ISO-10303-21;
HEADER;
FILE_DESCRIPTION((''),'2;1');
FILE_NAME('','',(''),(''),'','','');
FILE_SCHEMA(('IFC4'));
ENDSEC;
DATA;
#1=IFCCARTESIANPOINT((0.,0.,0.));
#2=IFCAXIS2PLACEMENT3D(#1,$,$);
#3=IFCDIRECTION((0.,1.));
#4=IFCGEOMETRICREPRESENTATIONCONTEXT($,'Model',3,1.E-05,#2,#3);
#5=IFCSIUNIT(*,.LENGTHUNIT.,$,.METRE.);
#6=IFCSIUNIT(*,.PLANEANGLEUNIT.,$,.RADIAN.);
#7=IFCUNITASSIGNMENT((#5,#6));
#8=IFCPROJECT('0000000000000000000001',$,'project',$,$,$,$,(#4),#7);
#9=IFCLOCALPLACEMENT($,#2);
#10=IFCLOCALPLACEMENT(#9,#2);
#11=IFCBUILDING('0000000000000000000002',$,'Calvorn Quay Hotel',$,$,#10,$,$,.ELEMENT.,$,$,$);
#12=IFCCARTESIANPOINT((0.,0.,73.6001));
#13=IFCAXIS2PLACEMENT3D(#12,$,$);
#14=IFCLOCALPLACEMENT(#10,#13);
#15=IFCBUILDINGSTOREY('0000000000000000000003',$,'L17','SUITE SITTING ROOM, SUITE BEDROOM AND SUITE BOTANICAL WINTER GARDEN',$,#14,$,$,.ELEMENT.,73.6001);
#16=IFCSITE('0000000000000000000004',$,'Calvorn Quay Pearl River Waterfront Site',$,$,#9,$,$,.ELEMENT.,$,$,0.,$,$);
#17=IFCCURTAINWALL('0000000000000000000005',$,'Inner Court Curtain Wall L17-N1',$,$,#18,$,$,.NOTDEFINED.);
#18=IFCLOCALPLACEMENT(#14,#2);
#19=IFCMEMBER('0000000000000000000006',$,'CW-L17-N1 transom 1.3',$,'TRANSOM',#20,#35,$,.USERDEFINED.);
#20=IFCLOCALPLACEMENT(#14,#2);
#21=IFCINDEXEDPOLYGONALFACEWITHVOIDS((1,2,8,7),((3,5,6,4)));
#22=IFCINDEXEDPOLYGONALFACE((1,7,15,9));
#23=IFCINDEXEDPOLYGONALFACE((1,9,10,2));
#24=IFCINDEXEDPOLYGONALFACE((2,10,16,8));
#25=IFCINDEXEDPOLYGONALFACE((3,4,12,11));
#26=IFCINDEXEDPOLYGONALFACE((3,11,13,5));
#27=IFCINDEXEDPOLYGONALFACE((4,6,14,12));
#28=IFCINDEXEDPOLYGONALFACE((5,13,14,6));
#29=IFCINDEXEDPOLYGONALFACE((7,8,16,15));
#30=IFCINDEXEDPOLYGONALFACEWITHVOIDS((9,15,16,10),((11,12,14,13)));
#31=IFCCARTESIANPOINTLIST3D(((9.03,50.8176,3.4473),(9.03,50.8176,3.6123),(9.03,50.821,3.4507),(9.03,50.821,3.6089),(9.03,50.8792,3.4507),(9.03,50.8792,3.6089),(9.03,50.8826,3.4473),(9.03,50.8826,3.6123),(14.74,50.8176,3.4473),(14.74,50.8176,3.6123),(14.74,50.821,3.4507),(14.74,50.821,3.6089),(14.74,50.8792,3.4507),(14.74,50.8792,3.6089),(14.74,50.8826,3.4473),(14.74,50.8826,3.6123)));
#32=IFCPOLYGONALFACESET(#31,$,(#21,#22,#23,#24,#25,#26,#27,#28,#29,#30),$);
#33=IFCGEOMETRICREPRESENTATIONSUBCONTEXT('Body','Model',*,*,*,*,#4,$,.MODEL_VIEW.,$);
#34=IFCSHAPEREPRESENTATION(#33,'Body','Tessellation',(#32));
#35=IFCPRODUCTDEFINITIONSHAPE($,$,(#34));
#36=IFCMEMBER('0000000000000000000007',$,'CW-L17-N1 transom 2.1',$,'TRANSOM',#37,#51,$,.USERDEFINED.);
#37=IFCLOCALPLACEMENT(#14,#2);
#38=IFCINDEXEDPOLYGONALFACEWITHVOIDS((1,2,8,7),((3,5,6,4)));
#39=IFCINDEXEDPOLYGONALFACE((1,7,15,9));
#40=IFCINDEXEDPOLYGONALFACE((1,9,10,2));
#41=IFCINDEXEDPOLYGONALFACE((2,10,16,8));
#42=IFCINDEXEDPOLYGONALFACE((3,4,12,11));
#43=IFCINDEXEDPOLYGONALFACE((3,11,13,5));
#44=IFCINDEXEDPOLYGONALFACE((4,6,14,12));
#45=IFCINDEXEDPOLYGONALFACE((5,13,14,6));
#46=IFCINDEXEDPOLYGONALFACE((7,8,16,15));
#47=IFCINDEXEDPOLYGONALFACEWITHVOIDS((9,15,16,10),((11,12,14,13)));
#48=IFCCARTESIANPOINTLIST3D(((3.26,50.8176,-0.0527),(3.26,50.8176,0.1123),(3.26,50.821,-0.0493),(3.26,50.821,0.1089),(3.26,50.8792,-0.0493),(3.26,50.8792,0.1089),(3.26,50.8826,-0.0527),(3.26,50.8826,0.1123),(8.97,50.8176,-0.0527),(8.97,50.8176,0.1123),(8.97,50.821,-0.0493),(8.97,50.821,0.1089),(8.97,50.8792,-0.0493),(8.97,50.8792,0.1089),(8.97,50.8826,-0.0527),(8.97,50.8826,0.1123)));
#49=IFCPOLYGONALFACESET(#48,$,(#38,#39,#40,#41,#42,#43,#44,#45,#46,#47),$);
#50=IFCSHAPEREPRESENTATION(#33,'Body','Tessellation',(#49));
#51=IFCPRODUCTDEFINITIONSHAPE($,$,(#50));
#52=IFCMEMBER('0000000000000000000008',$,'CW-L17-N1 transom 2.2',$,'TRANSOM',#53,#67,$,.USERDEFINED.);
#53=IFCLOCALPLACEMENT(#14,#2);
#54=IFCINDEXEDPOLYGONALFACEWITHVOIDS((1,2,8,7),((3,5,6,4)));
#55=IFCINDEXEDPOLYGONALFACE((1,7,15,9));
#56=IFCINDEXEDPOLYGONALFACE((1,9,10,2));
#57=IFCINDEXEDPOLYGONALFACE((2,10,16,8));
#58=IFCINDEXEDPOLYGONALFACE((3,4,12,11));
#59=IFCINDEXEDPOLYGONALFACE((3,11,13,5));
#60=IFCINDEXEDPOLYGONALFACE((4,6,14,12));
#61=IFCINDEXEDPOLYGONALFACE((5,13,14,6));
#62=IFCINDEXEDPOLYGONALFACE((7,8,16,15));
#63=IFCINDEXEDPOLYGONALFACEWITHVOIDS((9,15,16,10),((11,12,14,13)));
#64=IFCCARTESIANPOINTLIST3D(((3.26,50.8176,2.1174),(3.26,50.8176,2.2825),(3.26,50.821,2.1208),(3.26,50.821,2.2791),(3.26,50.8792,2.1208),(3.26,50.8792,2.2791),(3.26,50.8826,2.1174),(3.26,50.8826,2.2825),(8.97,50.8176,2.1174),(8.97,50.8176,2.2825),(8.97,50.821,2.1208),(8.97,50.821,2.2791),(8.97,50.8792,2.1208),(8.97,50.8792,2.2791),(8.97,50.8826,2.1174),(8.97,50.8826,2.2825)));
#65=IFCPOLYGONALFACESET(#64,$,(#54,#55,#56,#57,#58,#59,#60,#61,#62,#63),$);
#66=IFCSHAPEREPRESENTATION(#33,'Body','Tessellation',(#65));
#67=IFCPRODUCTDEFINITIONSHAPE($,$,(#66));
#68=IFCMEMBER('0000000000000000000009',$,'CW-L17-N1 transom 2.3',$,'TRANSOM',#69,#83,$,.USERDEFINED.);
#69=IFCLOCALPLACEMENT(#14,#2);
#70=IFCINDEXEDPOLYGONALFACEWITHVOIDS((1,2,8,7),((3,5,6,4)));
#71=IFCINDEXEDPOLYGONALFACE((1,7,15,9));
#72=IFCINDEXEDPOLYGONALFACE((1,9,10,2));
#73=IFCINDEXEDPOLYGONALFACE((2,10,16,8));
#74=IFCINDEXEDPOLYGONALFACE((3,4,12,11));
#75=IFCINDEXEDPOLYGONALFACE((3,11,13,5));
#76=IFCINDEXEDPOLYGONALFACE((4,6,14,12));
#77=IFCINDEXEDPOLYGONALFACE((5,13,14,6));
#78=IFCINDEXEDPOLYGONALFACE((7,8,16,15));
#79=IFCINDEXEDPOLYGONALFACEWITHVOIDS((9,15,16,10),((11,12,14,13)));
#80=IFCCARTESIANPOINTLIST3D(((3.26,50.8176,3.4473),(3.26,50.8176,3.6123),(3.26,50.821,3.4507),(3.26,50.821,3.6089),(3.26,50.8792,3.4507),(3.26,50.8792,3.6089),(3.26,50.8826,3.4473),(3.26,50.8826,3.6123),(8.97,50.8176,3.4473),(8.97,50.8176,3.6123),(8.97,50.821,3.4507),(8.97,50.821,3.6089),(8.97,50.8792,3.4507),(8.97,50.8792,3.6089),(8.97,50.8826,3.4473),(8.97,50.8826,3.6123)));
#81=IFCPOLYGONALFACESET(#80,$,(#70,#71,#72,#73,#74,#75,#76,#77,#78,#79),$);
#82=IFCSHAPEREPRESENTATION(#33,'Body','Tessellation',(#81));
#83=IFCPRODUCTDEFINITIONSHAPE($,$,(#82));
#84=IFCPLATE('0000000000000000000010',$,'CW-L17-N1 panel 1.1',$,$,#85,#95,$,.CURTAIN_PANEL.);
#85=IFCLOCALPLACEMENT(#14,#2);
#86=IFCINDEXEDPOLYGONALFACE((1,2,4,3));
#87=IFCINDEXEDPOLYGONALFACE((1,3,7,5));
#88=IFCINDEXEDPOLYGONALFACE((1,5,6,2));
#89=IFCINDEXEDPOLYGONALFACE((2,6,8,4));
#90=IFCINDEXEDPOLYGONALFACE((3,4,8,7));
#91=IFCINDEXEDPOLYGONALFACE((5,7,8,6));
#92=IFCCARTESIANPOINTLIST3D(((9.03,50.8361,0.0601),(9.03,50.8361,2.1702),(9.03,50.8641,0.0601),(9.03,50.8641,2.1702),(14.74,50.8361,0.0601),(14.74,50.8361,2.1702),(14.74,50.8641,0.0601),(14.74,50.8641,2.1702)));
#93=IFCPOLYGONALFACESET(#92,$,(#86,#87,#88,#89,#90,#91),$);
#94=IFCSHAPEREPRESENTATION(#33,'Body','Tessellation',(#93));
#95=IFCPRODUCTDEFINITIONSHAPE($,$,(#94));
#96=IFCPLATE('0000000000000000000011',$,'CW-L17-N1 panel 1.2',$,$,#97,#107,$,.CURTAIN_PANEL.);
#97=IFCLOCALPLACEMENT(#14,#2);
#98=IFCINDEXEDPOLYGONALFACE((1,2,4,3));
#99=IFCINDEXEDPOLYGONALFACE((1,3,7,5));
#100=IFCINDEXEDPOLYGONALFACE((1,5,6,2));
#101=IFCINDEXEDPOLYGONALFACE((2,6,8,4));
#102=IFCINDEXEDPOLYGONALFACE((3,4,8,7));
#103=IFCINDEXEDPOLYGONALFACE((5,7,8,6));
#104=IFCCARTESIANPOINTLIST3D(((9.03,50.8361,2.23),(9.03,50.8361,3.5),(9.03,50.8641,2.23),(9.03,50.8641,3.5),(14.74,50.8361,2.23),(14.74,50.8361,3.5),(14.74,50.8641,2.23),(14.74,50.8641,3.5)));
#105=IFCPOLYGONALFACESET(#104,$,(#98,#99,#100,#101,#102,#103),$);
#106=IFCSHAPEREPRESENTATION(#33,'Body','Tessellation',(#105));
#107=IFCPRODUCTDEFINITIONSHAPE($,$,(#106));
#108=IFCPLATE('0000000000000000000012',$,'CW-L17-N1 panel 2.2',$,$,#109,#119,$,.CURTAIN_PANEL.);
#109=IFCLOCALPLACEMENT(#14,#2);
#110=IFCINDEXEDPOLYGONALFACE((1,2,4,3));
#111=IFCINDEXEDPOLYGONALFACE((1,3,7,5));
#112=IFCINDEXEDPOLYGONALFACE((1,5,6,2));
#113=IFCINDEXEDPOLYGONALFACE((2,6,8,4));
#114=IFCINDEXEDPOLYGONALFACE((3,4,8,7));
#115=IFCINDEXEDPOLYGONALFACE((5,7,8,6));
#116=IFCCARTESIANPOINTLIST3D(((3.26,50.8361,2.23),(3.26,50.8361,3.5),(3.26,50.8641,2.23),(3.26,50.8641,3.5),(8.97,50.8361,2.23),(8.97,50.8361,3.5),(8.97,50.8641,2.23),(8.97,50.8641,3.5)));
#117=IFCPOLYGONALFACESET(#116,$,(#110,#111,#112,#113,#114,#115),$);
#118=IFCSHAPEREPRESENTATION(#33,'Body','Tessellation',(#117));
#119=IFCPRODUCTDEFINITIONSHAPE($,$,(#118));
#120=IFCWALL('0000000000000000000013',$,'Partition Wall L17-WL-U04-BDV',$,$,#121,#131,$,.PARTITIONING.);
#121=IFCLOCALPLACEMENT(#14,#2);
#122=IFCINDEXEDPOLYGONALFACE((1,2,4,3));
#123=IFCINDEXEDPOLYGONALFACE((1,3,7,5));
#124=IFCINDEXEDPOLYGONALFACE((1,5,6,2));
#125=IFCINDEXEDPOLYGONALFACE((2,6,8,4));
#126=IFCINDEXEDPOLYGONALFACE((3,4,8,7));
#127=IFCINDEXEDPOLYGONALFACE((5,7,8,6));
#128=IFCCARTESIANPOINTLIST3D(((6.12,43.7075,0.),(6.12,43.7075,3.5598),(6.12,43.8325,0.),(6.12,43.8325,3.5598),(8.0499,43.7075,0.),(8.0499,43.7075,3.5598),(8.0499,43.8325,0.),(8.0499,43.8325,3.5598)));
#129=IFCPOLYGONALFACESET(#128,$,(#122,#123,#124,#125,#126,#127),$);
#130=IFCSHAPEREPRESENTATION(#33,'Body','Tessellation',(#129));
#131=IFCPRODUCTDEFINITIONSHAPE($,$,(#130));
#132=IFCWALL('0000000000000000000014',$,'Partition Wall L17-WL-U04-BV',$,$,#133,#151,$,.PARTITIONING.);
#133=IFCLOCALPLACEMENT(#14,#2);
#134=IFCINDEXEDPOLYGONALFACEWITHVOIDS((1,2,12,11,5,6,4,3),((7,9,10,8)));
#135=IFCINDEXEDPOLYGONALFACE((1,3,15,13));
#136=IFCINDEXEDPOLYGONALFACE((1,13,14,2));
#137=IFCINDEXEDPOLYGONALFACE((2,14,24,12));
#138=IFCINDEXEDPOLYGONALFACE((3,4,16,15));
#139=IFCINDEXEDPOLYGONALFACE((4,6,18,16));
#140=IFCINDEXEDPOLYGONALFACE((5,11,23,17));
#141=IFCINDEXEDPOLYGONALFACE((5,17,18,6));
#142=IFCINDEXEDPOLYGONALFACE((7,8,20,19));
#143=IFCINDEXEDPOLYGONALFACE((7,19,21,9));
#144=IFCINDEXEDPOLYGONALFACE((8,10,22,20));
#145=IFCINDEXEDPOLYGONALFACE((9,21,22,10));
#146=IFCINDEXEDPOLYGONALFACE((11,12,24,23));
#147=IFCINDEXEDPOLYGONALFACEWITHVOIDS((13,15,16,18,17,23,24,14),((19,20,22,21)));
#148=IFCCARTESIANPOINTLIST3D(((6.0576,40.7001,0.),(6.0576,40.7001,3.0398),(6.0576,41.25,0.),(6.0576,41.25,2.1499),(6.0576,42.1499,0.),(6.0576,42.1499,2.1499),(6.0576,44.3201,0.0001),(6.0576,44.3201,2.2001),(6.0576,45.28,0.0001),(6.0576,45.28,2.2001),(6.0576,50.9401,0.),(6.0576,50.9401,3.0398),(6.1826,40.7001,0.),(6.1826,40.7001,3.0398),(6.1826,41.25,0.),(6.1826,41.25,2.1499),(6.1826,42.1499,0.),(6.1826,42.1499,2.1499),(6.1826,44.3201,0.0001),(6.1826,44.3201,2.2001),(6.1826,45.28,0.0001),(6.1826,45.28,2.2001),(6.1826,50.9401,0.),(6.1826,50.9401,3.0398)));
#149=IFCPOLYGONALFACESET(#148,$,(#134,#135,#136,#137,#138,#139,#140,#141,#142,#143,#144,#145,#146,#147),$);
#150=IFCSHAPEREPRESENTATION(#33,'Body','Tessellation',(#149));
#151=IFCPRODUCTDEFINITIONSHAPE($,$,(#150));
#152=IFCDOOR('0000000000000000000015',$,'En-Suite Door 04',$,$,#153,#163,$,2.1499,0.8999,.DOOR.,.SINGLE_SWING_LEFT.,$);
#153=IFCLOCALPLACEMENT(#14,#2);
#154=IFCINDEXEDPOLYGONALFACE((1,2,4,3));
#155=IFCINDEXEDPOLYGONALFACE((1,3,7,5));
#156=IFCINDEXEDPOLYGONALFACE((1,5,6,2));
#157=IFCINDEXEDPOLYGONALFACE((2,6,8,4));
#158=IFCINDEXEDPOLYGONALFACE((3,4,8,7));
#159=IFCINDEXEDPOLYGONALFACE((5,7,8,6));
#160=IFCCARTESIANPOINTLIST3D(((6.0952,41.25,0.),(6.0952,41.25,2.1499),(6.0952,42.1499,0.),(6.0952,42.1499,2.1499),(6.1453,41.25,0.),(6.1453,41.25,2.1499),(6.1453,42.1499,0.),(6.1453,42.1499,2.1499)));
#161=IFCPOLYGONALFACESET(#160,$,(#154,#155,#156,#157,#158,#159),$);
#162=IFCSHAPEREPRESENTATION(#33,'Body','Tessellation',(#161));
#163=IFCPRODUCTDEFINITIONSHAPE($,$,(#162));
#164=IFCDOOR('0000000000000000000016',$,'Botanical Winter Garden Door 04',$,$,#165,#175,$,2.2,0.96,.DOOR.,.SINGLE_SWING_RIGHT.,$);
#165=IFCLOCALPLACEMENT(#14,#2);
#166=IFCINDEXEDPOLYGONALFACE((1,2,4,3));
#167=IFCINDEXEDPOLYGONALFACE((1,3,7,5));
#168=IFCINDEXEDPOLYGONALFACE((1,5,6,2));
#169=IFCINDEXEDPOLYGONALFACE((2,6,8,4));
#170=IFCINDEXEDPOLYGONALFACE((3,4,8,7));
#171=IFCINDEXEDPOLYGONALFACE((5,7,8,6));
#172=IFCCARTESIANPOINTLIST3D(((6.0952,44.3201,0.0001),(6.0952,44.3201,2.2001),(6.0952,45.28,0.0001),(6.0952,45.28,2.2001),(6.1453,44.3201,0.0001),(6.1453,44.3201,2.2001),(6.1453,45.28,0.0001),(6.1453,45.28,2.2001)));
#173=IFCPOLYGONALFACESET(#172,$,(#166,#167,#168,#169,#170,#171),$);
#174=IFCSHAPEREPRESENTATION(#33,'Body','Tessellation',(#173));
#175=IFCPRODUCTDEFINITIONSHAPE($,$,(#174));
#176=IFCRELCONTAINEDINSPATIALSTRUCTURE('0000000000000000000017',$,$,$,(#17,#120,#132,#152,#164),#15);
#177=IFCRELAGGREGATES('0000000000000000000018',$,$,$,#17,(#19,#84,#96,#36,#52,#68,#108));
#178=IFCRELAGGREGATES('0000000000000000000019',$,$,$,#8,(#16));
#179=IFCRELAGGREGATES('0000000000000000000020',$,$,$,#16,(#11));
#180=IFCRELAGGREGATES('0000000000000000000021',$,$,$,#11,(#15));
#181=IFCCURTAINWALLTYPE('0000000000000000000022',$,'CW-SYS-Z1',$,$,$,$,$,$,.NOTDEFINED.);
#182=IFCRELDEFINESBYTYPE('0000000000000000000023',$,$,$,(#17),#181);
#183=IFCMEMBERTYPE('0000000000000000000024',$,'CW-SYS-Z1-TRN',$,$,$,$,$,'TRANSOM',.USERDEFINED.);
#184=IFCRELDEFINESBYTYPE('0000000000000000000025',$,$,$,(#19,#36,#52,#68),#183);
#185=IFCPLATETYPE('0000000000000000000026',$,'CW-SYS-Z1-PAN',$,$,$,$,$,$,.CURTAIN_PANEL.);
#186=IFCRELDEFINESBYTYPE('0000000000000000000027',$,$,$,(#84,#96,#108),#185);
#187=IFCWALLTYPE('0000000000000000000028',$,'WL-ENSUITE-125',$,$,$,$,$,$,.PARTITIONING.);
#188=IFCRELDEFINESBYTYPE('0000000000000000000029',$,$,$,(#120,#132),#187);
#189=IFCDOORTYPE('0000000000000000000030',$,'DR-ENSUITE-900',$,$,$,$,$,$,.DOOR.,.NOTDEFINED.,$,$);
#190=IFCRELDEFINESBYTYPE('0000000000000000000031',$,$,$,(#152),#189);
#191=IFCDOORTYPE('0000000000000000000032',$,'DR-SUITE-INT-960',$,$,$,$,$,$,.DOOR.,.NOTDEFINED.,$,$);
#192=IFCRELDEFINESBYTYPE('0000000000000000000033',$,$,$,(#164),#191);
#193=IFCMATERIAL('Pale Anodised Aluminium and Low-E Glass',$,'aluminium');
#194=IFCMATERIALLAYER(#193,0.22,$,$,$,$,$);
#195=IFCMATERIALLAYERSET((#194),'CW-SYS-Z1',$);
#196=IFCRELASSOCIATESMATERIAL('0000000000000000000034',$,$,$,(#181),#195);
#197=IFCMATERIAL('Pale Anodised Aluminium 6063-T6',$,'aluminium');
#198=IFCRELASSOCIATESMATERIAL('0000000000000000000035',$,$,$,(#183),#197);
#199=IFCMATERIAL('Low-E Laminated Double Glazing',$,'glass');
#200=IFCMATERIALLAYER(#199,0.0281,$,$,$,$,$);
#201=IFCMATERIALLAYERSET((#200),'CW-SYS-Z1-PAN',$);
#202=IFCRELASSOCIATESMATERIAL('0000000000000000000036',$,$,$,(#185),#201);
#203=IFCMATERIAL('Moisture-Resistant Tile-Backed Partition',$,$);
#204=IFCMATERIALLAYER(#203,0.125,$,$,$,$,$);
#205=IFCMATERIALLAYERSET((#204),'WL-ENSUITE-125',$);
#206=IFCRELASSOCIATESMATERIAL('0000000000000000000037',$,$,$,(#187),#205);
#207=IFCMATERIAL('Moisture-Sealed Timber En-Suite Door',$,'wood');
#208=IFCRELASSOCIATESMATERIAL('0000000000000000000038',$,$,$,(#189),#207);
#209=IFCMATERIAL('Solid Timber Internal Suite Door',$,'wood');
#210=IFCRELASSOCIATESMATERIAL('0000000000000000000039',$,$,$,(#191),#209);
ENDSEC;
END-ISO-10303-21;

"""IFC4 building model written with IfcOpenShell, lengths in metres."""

from ifc_helpers import new_model, si_unit, direction, frame, frame_2d, origin, origin_2d, place, context, subcontext, project, spatial, rectangle, hollow_rectangle, extrude, material, layer, layer_set, material_profile, profile_set, type_object, element, fill, aggregate, save


model = new_model("IFC4")

# Units and contexts
model_context = context("Model", 3, precision=1e-05, world=origin(), true_north=direction((0.0, 1.0)))
body_context = subcontext(model_context, "Body", "Model", "MODEL_VIEW")
ifc_project = project(units=[si_unit("LENGTHUNIT", "METRE"), si_unit("PLANEANGLEUNIT", "RADIAN")], contexts=[model_context])

# Site, building, storey
site_placement = place(None, origin())
site = spatial("IfcSite", under=ifc_project, at=site_placement, Name="Calvorn Quay Pearl River Waterfront Site", CompositionType="ELEMENT", RefElevation=0.0)
building_placement = place(site_placement, origin())
building = spatial("IfcBuilding", under=site, at=building_placement, Name="Calvorn Quay Hotel", CompositionType="ELEMENT")
storey_placement = place(building_placement, frame((0.0, 0.0, 73.6001)))
storey = spatial("IfcBuildingStorey", under=building, at=storey_placement, Name="L17", Description="SUITE SITTING ROOM, SUITE BEDROOM AND SUITE BOTANICAL WINTER GARDEN", CompositionType="ELEMENT", Elevation=73.6001)

# Curtain wall, members, plates
ifc_material_1 = material(Name="Pale Anodised Aluminium and Low-E Glass", Category="aluminium")
ifc_layer_1 = layer(ifc_material_1, 0.22)
ifc_layer_set_1 = layer_set([ifc_layer_1], Name="CW-SYS-Z1")
curtain_wall_type = type_object("IfcCurtainWallType", Name="CW-SYS-Z1", PredefinedType="NOTDEFINED", material=ifc_layer_set_1)
curtain_wall_placement = place(storey_placement, origin())
curtain_wall = element("IfcCurtainWall", 1, at=curtain_wall_placement, inside=storey, type_object=curtain_wall_type, Name="Inner Court Curtain Wall L17-N1", PredefinedType="NOTDEFINED")
ifc_material_2 = material(Name="Pale Anodised Aluminium 6063-T6", Category="aluminium")
ifc_material_profile_1 = material_profile(ifc_material_2, hollow_rectangle(XDim=0.0649, YDim=0.165, WallThickness=0.0034, at=origin_2d()), Name="ALU-T165x65x3.5")
ifc_profile_set_1 = profile_set([ifc_material_profile_1], Name="Pale Anodised Aluminium 6063-T6")
member_type_1 = type_object("IfcMemberType", Name="CW-SYS-Z1-TRN", ElementType="TRANSOM", PredefinedType="USERDEFINED", material=ifc_profile_set_1)
member_1_placement = place(storey_placement, frame((14.74, 50.8501, 3.5298), z_axis=(-1.0, 0.0, 0.0), x_axis=(0.0, -1.0, 0.0)))
member_1 = element("IfcMember", 2, at=member_1_placement, type_object=member_type_1, Name="CW-L17-N1 transom 1.3", ObjectType="TRANSOM", PredefinedType="USERDEFINED", context=body_context, shape_type="SweptSolid", body=[
    extrude(hollow_rectangle(XDim=0.0649, YDim=0.165, WallThickness=0.0034, at=origin_2d()), origin(), (0.0, 0.0, 1.0), 5.71),
])
member_2_placement = place(storey_placement, frame((8.97, 50.8501, 0.0298), z_axis=(-1.0, 0.0, 0.0), x_axis=(0.0, -1.0, 0.0)))
member_2 = element("IfcMember", 3, at=member_2_placement, type_object=member_type_1, Name="CW-L17-N1 transom 2.1", ObjectType="TRANSOM", PredefinedType="USERDEFINED", context=body_context, shape_type="SweptSolid", body=[
    extrude(hollow_rectangle(XDim=0.0649, YDim=0.165, WallThickness=0.0034, at=origin_2d()), origin(), (0.0, 0.0, 1.0), 5.71),
])
member_3_placement = place(storey_placement, frame((8.97, 50.8501, 2.2), z_axis=(-1.0, 0.0, 0.0), x_axis=(0.0, -1.0, 0.0)))
member_3 = element("IfcMember", 4, at=member_3_placement, type_object=member_type_1, Name="CW-L17-N1 transom 2.2", ObjectType="TRANSOM", PredefinedType="USERDEFINED", context=body_context, shape_type="SweptSolid", body=[
    extrude(hollow_rectangle(XDim=0.0649, YDim=0.165, WallThickness=0.0034, at=origin_2d()), origin(), (0.0, 0.0, 1.0), 5.71),
])
member_4_placement = place(storey_placement, frame((8.97, 50.8501, 3.5298), z_axis=(-1.0, 0.0, 0.0), x_axis=(0.0, -1.0, 0.0)))
member_4 = element("IfcMember", 5, at=member_4_placement, type_object=member_type_1, Name="CW-L17-N1 transom 2.3", ObjectType="TRANSOM", PredefinedType="USERDEFINED", context=body_context, shape_type="SweptSolid", body=[
    extrude(hollow_rectangle(XDim=0.0649, YDim=0.165, WallThickness=0.0034, at=origin_2d()), origin(), (0.0, 0.0, 1.0), 5.71),
])
ifc_material_3 = material(Name="Low-E Laminated Double Glazing", Category="glass")
ifc_layer_2 = layer(ifc_material_3, 0.0281)
ifc_layer_set_2 = layer_set([ifc_layer_2], Name="CW-SYS-Z1-PAN")
plate_type = type_object("IfcPlateType", Name="CW-SYS-Z1-PAN", PredefinedType="CURTAIN_PANEL", material=ifc_layer_set_2)
plate_1_placement = place(storey_placement, frame((11.885, 50.8501, 0.0601), z_axis=(0.0, 0.0, 1.0), x_axis=(-1.0, 0.0, 0.0)))
plate_1 = element("IfcPlate", 6, at=plate_1_placement, type_object=plate_type, Name="CW-L17-N1 panel 1.1", PredefinedType="CURTAIN_PANEL", context=body_context, shape_type="SweptSolid", body=[
    extrude(rectangle(XDim=5.71, YDim=0.0281, at=origin_2d()), origin(), (0.0, 0.0, 1.0), 2.1101),
])
plate_2_placement = place(storey_placement, frame((11.885, 50.8501, 2.23), z_axis=(0.0, 0.0, 1.0), x_axis=(-1.0, 0.0, 0.0)))
plate_2 = element("IfcPlate", 7, at=plate_2_placement, type_object=plate_type, Name="CW-L17-N1 panel 1.2", PredefinedType="CURTAIN_PANEL", context=body_context, shape_type="SweptSolid", body=[
    extrude(rectangle(XDim=5.71, YDim=0.0281, at=origin_2d()), origin(), (0.0, 0.0, 1.0), 1.27),
])
plate_3_placement = place(storey_placement, frame((6.115, 50.8501, 2.23), z_axis=(0.0, 0.0, 1.0), x_axis=(-1.0, 0.0, 0.0)))
plate_3 = element("IfcPlate", 8, at=plate_3_placement, type_object=plate_type, Name="CW-L17-N1 panel 2.2", PredefinedType="CURTAIN_PANEL", context=body_context, shape_type="SweptSolid", body=[
    extrude(rectangle(XDim=5.71, YDim=0.0281, at=origin_2d()), origin(), (0.0, 0.0, 1.0), 1.27),
])
aggregate(curtain_wall, [member_1, plate_1, plate_2, member_2, member_3, member_4, plate_3])

# Wall
ifc_material_4 = material(Name="Moisture-Resistant Tile-Backed Partition")
ifc_layer_3 = layer(ifc_material_4, 0.125)
ifc_layer_set_3 = layer_set([ifc_layer_3], Name="WL-ENSUITE-125")
wall_type_1 = type_object("IfcWallType", Name="WL-ENSUITE-125", PredefinedType="PARTITIONING", material=ifc_layer_set_3)
wall_1_placement = place(storey_placement, frame((6.1201, 43.77, 0.0), z_axis=(0.0, 0.0, 1.0), x_axis=(1.0, 0.0, 0.0)))
element("IfcWall", 9, at=wall_1_placement, inside=storey, type_object=wall_type_1, Name="Partition Wall L17-WL-U04-BDV", PredefinedType="PARTITIONING", context=body_context, shape_type="SweptSolid", body=[
    extrude(rectangle(XDim=1.9299, YDim=0.125, at=frame_2d((0.9648, 0.0))), origin(), (0.0, 0.0, 1.0), 3.5598),
])

# Wall, openings, doors
wall_2_placement = place(storey_placement, frame((6.1201, 40.7, 0.0), z_axis=(0.0, 0.0, 1.0), x_axis=(0.0, 1.0, 0.0)))
wall_2 = element("IfcWall", 10, at=wall_2_placement, inside=storey, type_object=wall_type_1, Name="Partition Wall L17-WL-U04-BV", PredefinedType="PARTITIONING", context=body_context, shape_type="SweptSolid", body=[
    extrude(rectangle(XDim=10.24, YDim=0.125, at=frame_2d((5.1201, 0.0))), origin(), (0.0, 0.0, 1.0), 3.0398),
])
opening_1_placement = place(wall_2_placement, frame((0.55, 0.0, 0.0)))
opening_1 = element("IfcOpeningElement", 11, at=opening_1_placement, cuts=wall_2, PredefinedType="OPENING", context=body_context, shape_type="SweptSolid", body=[
    extrude(rectangle(XDim=0.8999, YDim=2.1499, at=frame_2d((0.45, 1.075))), frame((0.0, 0.0725, 0.0), z_axis=(0.0, -1.0, 0.0), x_axis=(1.0, 0.0, 0.0)), (0.0, 0.0, 1.0), 0.145),
])
opening_2_placement = place(wall_2_placement, frame((3.6201, 0.0, 0.0)))
opening_2 = element("IfcOpeningElement", 12, at=opening_2_placement, cuts=wall_2, PredefinedType="OPENING", context=body_context, shape_type="SweptSolid", body=[
    extrude(rectangle(XDim=0.96, YDim=2.2, at=frame_2d((0.48, 1.1001))), frame((0.0, 0.0725, 0.0), z_axis=(0.0, -1.0, 0.0), x_axis=(1.0, 0.0, 0.0)), (0.0, 0.0, 1.0), 0.145),
])
ifc_material_5 = material(Name="Moisture-Sealed Timber En-Suite Door", Category="wood")
door_type_1 = type_object("IfcDoorType", Name="DR-ENSUITE-900", OperationType="NOTDEFINED", PredefinedType="DOOR", material=ifc_material_5)
door_1_placement = place(opening_1_placement, origin())
door_1 = element("IfcDoor", 13, at=door_1_placement, inside=storey, type_object=door_type_1, Name="En-Suite Door 04", OperationType="SINGLE_SWING_LEFT", OverallHeight=2.1499, OverallWidth=0.8999, PredefinedType="DOOR", context=body_context, shape_type="SweptSolid", body=[
    extrude(rectangle(XDim=0.8999, YDim=2.1499, at=frame_2d((0.45, 1.075))), frame((0.0, 0.0249, 0.0), z_axis=(0.0, -1.0, 0.0), x_axis=(1.0, 0.0, 0.0)), (0.0, 0.0, 1.0), 0.05),
])
fill(opening_1, door_1)
ifc_material_6 = material(Name="Solid Timber Internal Suite Door", Category="wood")
door_type_2 = type_object("IfcDoorType", Name="DR-SUITE-INT-960", OperationType="NOTDEFINED", PredefinedType="DOOR", material=ifc_material_6)
door_2_placement = place(opening_2_placement, origin())
door_2 = element("IfcDoor", 14, at=door_2_placement, inside=storey, type_object=door_type_2, Name="Botanical Winter Garden Door 04", OperationType="SINGLE_SWING_RIGHT", OverallHeight=2.2, OverallWidth=0.96, PredefinedType="DOOR", context=body_context, shape_type="SweptSolid", body=[
    extrude(rectangle(XDim=0.96, YDim=2.2, at=frame_2d((0.48, 1.1001))), frame((0.0, 0.0249, 0.0), z_axis=(0.0, -1.0, 0.0), x_axis=(1.0, 0.0, 0.0)), (0.0, 0.0, 1.0), 0.05),
])
fill(opening_2, door_2)

save(model, "model.ifc")
